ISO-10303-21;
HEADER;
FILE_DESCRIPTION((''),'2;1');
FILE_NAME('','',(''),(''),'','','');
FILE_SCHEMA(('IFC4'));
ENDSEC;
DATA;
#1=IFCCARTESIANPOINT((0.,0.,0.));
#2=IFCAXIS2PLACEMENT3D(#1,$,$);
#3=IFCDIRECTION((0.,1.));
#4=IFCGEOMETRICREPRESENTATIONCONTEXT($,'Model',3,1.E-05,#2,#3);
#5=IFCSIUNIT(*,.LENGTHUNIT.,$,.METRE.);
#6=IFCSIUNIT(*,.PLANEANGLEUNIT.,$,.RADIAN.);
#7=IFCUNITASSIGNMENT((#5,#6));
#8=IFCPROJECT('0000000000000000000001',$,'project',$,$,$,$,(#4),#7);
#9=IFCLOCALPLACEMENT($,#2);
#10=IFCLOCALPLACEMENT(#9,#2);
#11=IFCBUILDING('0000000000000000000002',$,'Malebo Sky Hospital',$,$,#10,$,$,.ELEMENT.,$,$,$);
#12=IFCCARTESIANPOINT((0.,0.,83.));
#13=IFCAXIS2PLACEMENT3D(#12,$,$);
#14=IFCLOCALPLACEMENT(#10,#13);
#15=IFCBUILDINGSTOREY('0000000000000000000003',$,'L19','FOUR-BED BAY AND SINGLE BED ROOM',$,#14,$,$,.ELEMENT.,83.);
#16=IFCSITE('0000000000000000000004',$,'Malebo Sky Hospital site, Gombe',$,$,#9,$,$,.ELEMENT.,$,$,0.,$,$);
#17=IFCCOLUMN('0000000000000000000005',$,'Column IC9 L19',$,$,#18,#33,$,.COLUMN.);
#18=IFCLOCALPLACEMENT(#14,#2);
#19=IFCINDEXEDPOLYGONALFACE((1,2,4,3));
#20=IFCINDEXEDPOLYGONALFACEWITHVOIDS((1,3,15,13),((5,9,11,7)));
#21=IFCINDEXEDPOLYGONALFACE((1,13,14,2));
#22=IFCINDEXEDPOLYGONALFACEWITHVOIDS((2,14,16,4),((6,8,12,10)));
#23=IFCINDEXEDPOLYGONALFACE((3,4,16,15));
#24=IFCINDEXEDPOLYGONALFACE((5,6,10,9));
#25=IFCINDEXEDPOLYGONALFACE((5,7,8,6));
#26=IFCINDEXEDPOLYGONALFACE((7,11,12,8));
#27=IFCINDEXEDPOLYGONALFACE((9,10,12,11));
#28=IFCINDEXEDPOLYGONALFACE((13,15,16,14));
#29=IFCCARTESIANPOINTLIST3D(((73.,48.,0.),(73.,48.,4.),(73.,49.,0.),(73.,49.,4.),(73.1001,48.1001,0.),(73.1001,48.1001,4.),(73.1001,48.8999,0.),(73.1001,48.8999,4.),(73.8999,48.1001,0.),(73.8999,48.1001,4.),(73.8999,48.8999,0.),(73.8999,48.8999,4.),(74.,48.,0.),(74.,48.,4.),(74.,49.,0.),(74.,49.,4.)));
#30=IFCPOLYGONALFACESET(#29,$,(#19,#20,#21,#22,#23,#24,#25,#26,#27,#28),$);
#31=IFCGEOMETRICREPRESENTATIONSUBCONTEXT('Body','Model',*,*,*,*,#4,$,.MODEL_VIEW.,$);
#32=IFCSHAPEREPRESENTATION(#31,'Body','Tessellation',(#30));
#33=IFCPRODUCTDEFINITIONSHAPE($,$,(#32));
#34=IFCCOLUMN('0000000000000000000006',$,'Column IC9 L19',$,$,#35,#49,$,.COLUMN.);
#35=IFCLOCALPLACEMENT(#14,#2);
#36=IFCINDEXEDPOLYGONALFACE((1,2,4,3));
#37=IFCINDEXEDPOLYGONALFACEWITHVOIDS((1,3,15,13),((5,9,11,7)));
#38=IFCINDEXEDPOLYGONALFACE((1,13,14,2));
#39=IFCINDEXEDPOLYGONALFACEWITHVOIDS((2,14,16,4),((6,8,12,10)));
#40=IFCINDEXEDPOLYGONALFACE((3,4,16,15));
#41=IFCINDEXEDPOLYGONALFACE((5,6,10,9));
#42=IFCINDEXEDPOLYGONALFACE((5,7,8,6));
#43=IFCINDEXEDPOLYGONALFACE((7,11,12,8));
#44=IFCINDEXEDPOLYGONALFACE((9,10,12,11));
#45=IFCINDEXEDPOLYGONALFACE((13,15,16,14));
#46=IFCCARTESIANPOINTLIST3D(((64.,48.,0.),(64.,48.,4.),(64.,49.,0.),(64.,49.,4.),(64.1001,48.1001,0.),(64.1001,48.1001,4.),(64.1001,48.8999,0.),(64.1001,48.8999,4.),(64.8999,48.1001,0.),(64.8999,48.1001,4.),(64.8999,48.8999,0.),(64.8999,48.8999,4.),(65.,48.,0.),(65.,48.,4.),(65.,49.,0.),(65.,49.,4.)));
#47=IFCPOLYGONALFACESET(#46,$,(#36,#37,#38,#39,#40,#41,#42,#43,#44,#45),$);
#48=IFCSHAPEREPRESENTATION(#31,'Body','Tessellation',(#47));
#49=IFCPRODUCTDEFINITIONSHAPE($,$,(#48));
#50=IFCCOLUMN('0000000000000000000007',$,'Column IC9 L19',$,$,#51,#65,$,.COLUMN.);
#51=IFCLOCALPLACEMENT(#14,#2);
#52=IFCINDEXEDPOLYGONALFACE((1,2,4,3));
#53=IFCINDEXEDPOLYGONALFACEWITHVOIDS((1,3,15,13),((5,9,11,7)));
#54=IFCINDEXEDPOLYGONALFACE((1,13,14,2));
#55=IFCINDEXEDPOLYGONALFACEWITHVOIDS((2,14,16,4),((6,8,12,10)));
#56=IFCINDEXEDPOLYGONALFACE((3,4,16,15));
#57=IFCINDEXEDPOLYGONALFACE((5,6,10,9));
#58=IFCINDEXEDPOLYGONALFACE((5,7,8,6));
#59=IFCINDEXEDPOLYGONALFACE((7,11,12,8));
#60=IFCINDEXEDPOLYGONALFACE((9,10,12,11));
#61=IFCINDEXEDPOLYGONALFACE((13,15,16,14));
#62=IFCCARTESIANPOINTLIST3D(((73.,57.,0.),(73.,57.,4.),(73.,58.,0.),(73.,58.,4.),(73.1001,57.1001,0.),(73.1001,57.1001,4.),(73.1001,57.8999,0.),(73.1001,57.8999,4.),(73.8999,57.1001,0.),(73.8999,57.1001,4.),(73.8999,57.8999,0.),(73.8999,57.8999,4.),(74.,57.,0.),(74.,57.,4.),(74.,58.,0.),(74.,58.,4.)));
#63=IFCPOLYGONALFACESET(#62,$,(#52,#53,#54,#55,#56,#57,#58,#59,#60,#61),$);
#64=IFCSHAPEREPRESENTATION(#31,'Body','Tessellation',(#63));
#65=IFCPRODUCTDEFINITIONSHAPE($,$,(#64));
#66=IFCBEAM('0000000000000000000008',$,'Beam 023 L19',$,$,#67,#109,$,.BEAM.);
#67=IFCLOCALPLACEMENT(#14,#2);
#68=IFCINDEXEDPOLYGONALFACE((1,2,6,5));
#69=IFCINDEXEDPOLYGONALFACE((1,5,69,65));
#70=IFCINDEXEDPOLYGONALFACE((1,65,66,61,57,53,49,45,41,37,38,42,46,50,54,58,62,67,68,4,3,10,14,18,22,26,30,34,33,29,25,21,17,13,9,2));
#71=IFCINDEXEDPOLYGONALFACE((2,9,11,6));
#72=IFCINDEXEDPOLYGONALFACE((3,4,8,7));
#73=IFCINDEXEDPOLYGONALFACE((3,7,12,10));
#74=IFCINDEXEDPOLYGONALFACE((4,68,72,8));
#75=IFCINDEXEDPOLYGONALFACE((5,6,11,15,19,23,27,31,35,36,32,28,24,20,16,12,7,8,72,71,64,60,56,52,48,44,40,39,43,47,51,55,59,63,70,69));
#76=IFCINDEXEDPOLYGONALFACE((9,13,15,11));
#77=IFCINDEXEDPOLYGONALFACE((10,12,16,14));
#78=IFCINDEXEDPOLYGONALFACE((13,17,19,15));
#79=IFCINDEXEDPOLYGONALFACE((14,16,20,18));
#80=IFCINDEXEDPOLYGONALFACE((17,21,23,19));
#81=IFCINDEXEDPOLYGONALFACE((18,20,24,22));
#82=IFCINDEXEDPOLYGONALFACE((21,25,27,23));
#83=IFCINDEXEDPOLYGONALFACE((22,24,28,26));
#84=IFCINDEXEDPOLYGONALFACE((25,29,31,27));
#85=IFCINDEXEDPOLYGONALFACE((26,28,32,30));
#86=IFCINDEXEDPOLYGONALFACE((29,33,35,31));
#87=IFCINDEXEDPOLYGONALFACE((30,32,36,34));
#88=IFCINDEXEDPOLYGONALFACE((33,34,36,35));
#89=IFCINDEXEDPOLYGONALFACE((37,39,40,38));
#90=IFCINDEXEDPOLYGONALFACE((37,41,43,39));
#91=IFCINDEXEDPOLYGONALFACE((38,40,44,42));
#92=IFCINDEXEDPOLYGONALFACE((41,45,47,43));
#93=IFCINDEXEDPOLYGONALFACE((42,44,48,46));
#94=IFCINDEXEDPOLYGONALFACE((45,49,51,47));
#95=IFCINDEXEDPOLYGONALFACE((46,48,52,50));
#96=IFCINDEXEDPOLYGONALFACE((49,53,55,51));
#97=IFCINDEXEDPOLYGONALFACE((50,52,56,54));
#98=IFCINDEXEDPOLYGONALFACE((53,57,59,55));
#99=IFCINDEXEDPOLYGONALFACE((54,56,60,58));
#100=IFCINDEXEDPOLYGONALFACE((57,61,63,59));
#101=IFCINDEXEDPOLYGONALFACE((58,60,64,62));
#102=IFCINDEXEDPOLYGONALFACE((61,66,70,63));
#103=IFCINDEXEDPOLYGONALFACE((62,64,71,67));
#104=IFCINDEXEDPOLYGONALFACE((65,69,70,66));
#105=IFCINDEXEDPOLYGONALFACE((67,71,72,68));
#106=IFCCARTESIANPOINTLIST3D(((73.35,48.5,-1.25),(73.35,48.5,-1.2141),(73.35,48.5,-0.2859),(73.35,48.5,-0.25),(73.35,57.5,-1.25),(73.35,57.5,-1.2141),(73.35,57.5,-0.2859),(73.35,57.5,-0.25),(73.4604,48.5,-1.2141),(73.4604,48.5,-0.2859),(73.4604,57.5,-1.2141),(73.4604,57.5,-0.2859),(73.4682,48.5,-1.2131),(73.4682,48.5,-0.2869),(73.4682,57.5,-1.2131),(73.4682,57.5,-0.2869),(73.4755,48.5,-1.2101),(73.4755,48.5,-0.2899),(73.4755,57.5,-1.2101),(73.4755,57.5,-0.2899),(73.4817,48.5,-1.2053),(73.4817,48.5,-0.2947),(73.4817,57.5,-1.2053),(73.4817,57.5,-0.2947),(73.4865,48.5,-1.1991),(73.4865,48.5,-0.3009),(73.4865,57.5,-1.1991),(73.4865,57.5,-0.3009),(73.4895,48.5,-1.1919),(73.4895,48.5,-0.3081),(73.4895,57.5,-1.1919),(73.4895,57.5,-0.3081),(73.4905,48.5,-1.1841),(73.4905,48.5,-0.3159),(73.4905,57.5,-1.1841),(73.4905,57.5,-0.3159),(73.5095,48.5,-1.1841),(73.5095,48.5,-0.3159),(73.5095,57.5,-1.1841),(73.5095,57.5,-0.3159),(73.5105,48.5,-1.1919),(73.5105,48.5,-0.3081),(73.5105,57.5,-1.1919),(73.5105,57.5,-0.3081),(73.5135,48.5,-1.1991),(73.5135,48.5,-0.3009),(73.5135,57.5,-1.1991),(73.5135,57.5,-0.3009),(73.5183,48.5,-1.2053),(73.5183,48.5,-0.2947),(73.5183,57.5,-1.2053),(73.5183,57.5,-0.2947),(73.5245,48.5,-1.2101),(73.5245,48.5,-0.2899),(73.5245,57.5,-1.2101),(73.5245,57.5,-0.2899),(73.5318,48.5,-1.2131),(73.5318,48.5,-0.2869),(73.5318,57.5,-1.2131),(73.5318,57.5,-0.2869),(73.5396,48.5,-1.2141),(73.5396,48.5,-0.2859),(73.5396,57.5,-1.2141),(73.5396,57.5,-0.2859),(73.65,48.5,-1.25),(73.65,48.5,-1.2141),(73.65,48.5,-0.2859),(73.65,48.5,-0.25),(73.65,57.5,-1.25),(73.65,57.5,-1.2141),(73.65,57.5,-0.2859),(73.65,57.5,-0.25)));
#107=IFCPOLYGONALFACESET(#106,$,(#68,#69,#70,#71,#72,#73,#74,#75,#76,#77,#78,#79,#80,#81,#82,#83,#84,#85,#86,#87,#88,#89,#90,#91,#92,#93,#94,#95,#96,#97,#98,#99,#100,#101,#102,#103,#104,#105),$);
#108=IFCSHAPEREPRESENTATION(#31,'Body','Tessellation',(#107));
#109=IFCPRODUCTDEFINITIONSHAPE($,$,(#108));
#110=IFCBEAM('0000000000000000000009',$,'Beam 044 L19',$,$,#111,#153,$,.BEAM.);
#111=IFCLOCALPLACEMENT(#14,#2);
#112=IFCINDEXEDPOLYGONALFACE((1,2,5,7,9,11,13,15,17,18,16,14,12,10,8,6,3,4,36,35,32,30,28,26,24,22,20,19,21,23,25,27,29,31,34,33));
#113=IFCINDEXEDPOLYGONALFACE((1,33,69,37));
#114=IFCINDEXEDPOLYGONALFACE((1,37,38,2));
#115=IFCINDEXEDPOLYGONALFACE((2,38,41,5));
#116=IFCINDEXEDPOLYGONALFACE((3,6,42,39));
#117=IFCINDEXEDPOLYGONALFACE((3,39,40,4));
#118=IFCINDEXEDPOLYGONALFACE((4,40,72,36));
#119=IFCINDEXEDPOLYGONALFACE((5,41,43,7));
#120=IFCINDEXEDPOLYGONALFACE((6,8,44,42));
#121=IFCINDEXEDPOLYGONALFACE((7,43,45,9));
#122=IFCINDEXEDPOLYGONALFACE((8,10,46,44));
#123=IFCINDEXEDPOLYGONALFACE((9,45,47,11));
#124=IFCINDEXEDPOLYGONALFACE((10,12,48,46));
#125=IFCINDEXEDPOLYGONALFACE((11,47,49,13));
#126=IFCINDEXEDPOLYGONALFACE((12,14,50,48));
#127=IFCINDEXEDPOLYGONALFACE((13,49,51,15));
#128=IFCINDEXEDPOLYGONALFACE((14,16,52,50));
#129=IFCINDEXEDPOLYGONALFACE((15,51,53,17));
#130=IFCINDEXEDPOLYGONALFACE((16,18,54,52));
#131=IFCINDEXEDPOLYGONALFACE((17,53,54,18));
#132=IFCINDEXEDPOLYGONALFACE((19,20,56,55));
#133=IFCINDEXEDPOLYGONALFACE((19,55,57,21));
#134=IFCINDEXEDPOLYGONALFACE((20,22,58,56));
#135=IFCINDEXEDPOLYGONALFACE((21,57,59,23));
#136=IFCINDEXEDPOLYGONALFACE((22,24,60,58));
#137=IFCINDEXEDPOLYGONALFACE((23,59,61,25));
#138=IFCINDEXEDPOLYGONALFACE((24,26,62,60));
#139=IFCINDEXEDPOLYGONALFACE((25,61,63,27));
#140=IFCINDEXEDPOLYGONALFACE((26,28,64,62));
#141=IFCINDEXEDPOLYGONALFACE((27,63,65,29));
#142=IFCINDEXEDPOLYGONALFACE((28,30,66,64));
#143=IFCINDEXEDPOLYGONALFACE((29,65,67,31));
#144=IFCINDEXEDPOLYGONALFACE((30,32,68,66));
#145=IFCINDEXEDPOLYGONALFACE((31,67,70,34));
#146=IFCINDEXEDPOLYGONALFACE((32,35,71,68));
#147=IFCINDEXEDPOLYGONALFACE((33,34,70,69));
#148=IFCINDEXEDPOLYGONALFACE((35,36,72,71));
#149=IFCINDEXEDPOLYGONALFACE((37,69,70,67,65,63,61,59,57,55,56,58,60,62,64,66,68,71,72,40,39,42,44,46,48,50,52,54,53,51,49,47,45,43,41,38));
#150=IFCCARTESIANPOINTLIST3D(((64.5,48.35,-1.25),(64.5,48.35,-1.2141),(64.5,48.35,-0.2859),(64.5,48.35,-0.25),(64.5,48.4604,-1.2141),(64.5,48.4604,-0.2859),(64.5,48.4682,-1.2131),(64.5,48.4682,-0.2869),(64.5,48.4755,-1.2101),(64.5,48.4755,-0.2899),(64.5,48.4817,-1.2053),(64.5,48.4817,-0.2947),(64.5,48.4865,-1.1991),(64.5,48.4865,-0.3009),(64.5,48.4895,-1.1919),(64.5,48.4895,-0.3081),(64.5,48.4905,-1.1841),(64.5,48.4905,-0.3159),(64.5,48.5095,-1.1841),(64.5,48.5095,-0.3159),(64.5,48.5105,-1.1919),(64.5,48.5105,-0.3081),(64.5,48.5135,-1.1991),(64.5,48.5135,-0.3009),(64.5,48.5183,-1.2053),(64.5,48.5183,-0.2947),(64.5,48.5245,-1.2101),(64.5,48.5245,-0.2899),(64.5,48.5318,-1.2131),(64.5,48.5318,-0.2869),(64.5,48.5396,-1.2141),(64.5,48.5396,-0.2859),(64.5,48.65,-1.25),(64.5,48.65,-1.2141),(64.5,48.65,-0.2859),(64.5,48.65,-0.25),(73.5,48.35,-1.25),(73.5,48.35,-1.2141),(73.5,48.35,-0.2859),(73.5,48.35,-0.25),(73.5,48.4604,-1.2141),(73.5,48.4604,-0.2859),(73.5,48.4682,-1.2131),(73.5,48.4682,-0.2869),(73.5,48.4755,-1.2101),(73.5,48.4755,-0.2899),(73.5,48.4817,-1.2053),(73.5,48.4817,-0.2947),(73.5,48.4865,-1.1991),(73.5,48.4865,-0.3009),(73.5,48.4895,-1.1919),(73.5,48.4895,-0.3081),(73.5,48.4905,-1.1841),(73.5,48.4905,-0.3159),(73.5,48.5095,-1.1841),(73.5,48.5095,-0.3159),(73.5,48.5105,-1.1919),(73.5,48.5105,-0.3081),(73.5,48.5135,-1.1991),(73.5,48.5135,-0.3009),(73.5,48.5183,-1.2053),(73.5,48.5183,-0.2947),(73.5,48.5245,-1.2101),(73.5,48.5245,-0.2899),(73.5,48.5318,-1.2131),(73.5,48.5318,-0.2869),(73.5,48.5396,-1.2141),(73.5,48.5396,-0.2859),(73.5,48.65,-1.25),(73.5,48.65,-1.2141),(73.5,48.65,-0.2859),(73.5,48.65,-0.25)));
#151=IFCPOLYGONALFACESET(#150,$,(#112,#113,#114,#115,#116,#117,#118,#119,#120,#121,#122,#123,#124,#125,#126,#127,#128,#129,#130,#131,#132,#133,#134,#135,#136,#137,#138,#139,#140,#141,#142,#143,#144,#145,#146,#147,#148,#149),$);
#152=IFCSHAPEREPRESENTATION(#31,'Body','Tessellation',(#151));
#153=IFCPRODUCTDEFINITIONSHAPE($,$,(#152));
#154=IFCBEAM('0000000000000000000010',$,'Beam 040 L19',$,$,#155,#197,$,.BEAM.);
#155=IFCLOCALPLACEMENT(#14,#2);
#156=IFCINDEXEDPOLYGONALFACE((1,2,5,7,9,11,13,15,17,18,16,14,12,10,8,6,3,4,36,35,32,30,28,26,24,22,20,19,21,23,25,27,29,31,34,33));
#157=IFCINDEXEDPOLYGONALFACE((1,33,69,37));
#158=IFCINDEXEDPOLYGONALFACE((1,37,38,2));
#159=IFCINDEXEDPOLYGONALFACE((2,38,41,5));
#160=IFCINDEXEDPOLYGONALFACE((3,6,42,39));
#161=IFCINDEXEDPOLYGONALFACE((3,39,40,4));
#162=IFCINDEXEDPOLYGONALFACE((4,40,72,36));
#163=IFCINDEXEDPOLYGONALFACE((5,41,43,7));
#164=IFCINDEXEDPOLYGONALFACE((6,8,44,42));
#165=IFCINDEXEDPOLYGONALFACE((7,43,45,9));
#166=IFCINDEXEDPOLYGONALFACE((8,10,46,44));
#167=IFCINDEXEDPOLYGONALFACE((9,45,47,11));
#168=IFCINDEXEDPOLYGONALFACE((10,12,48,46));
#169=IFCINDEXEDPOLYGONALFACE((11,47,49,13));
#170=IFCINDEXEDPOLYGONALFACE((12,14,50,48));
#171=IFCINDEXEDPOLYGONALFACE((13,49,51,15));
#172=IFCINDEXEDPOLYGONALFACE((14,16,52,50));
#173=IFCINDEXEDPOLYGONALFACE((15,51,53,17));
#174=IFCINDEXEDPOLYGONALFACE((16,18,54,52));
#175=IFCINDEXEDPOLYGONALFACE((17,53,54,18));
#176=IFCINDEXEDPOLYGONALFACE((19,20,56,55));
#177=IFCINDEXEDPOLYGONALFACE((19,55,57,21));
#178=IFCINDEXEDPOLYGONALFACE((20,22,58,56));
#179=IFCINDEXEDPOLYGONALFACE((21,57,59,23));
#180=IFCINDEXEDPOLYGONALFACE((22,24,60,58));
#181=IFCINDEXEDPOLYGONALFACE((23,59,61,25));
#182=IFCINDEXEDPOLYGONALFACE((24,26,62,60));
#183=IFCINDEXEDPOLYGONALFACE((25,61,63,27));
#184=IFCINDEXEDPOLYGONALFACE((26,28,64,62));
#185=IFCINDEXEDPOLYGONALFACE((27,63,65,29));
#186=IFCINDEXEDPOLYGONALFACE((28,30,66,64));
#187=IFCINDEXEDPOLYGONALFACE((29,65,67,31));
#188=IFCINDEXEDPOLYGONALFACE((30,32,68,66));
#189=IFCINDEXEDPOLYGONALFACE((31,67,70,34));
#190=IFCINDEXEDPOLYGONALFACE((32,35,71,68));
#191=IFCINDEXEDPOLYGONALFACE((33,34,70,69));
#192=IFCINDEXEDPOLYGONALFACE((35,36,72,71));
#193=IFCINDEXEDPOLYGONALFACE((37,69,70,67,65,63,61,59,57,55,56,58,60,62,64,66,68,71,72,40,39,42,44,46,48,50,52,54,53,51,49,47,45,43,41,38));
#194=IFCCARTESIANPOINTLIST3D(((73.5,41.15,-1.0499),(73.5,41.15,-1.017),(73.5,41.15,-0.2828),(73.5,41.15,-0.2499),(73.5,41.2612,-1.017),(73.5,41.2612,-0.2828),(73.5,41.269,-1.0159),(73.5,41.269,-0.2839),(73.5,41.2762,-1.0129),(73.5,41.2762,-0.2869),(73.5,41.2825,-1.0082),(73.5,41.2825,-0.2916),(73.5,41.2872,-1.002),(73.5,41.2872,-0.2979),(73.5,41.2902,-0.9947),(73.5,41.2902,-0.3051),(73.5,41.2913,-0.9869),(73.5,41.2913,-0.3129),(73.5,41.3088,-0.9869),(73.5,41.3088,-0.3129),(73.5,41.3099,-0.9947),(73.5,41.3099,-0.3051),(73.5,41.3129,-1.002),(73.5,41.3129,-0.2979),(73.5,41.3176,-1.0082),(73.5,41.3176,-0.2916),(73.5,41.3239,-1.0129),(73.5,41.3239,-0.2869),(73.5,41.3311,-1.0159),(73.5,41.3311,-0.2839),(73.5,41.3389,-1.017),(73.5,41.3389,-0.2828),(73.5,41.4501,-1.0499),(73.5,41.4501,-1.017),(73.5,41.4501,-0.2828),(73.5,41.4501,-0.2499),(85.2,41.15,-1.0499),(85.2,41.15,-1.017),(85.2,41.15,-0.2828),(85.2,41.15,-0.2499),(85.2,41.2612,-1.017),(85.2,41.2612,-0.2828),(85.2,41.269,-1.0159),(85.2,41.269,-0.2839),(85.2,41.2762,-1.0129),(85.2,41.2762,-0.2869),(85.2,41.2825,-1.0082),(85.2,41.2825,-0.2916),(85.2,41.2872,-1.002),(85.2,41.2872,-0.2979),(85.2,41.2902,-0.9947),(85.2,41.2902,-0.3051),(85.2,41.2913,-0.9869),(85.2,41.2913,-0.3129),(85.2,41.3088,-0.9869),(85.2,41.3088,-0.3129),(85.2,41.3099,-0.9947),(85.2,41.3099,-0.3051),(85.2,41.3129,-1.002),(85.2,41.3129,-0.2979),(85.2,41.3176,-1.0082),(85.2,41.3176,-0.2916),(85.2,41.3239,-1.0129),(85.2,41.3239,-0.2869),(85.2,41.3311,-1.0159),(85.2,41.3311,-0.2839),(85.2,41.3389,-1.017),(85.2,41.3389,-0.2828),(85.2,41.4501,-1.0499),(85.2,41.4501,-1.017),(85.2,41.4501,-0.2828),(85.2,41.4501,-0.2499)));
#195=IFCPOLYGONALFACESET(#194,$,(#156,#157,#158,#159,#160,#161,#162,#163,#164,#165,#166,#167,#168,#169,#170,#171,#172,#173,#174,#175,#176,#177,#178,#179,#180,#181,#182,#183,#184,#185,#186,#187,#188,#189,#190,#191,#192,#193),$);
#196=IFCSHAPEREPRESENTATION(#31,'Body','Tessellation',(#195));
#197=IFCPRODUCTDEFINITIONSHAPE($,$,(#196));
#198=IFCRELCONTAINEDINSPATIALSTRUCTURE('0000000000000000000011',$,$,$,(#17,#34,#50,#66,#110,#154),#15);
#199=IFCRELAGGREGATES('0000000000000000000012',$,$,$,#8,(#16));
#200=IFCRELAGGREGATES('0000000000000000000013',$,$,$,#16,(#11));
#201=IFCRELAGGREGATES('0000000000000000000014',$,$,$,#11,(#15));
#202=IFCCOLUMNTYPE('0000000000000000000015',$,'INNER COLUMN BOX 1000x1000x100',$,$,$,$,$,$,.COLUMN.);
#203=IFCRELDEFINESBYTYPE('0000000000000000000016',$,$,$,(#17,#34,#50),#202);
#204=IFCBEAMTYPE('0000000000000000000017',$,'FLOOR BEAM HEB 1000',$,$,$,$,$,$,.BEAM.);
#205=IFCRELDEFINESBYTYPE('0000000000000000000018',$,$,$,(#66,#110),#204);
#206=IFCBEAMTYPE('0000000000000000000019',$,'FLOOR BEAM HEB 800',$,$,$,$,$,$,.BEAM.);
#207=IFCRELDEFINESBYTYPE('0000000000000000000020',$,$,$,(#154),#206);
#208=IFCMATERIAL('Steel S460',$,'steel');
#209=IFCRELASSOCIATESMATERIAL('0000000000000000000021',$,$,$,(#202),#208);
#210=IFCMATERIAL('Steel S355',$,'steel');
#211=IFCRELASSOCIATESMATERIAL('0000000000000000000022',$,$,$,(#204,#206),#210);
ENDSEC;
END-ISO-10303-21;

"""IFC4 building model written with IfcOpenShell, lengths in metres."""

from ifc_helpers import new_model, si_unit, direction, frame, origin, origin_2d, place, context, subcontext, project, spatial, hollow_rectangle, i_section, extrude, material, material_profile, profile_set, type_object, element, save


model = new_model("IFC4")

# Units and contexts
model_context = context("Model", 3, precision=1e-05, world=origin(), true_north=direction((0.0, 1.0)))
body_context = subcontext(model_context, "Body", "Model", "MODEL_VIEW")
ifc_project = project(units=[si_unit("LENGTHUNIT", "METRE"), si_unit("PLANEANGLEUNIT", "RADIAN")], contexts=[model_context])

# Site, building, storey
site_placement = place(None, origin())
site = spatial("IfcSite", under=ifc_project, at=site_placement, Name="Malebo Sky Hospital site, Gombe", CompositionType="ELEMENT", RefElevation=0.0)
building_placement = place(site_placement, origin())
building = spatial("IfcBuilding", under=site, at=building_placement, Name="Malebo Sky Hospital", CompositionType="ELEMENT")
storey_placement = place(building_placement, frame((0.0, 0.0, 83.0)))
storey = spatial("IfcBuildingStorey", under=building, at=storey_placement, Name="L19", Description="FOUR-BED BAY AND SINGLE BED ROOM", CompositionType="ELEMENT", Elevation=83.0)

# Columns
ifc_material_1 = material(Name="Steel S460", Category="steel")
ifc_material_profile_1 = material_profile(ifc_material_1, hollow_rectangle(XDim=1.0, YDim=1.0, WallThickness=0.1001, at=origin_2d()), Name="BOX 1000x1000x100")
ifc_profile_set_1 = profile_set([ifc_material_profile_1], Name="Steel S460")
column_type = type_object("IfcColumnType", Name="INNER COLUMN BOX 1000x1000x100", PredefinedType="COLUMN", material=ifc_profile_set_1)
for number, where, z_axis, x_axis, name in (
    (1, (73.5, 48.5, 0.0), (0.0, 0.0, 1.0), (1.0, 0.0, 0.0), "Column IC9 L19"),
    (2, (64.5, 48.5, 0.0), (0.0, 0.0, 1.0), (1.0, 0.0, 0.0), "Column IC9 L19"),
    (3, (73.5, 57.5, 0.0), (0.0, 0.0, 1.0), (1.0, 0.0, 0.0), "Column IC9 L19"),
):
    element("IfcColumn", number, at=place(storey_placement, frame(where, z_axis=z_axis, x_axis=x_axis)), inside=storey, type_object=column_type, Name=name, PredefinedType="COLUMN", context=body_context, shape_type="SweptSolid", body=[
        extrude(hollow_rectangle(XDim=1.0, YDim=1.0, WallThickness=0.1001, at=origin_2d()), origin(), (0.0, 0.0, 1.0), 4.0),
    ])

# Beams
ifc_material_2 = material(Name="Steel S355", Category="steel")
ifc_material_profile_2 = material_profile(ifc_material_2, i_section(OverallWidth=0.3, OverallDepth=1.0, WebThickness=0.019, FlangeThickness=0.0359, FilletRadius=0.03, at=origin_2d()), Name="HEB 1000")
ifc_profile_set_2 = profile_set([ifc_material_profile_2], Name="Steel S355")
beam_type_1 = type_object("IfcBeamType", Name="FLOOR BEAM HEB 1000", PredefinedType="BEAM", material=ifc_profile_set_2)
for number, where, z_axis, x_axis, name in (
    (4, (73.5, 48.5, -0.75), (0.0, 1.0, 0.0), (-1.0, 0.0, 0.0), "Beam 023 L19"),
    (5, (64.5, 48.5, -0.75), (1.0, 0.0, 0.0), (0.0, 1.0, 0.0), "Beam 044 L19"),
):
    element("IfcBeam", number, at=place(storey_placement, frame(where, z_axis=z_axis, x_axis=x_axis)), inside=storey, type_object=beam_type_1, Name=name, PredefinedType="BEAM", context=body_context, shape_type="SweptSolid", body=[
        extrude(i_section(OverallWidth=0.3, OverallDepth=1.0, WebThickness=0.019, FlangeThickness=0.0359, FilletRadius=0.03, at=origin_2d()), origin(), (0.0, 0.0, 1.0), 9.0),
    ])
ifc_material_profile_3 = material_profile(ifc_material_2, i_section(OverallWidth=0.3, OverallDepth=0.8, WebThickness=0.0176, FlangeThickness=0.033, FilletRadius=0.03, at=origin_2d()), Name="HEB 800")
ifc_profile_set_3 = profile_set([ifc_material_profile_3], Name="Steel S355")
beam_type_2 = type_object("IfcBeamType", Name="FLOOR BEAM HEB 800", PredefinedType="BEAM", material=ifc_profile_set_3)
beam_1_placement = place(storey_placement, frame((73.5, 41.3, -0.6499), z_axis=(1.0, 0.0, 0.0), x_axis=(0.0, 1.0, 0.0)))
element("IfcBeam", 6, at=beam_1_placement, inside=storey, type_object=beam_type_2, Name="Beam 040 L19", PredefinedType="BEAM", context=body_context, shape_type="SweptSolid", body=[
    extrude(i_section(OverallWidth=0.3, OverallDepth=0.8, WebThickness=0.0176, FlangeThickness=0.033, FilletRadius=0.03, at=origin_2d()), origin(), (0.0, 0.0, 1.0), 11.7),
])

save(model, "model.ifc")
